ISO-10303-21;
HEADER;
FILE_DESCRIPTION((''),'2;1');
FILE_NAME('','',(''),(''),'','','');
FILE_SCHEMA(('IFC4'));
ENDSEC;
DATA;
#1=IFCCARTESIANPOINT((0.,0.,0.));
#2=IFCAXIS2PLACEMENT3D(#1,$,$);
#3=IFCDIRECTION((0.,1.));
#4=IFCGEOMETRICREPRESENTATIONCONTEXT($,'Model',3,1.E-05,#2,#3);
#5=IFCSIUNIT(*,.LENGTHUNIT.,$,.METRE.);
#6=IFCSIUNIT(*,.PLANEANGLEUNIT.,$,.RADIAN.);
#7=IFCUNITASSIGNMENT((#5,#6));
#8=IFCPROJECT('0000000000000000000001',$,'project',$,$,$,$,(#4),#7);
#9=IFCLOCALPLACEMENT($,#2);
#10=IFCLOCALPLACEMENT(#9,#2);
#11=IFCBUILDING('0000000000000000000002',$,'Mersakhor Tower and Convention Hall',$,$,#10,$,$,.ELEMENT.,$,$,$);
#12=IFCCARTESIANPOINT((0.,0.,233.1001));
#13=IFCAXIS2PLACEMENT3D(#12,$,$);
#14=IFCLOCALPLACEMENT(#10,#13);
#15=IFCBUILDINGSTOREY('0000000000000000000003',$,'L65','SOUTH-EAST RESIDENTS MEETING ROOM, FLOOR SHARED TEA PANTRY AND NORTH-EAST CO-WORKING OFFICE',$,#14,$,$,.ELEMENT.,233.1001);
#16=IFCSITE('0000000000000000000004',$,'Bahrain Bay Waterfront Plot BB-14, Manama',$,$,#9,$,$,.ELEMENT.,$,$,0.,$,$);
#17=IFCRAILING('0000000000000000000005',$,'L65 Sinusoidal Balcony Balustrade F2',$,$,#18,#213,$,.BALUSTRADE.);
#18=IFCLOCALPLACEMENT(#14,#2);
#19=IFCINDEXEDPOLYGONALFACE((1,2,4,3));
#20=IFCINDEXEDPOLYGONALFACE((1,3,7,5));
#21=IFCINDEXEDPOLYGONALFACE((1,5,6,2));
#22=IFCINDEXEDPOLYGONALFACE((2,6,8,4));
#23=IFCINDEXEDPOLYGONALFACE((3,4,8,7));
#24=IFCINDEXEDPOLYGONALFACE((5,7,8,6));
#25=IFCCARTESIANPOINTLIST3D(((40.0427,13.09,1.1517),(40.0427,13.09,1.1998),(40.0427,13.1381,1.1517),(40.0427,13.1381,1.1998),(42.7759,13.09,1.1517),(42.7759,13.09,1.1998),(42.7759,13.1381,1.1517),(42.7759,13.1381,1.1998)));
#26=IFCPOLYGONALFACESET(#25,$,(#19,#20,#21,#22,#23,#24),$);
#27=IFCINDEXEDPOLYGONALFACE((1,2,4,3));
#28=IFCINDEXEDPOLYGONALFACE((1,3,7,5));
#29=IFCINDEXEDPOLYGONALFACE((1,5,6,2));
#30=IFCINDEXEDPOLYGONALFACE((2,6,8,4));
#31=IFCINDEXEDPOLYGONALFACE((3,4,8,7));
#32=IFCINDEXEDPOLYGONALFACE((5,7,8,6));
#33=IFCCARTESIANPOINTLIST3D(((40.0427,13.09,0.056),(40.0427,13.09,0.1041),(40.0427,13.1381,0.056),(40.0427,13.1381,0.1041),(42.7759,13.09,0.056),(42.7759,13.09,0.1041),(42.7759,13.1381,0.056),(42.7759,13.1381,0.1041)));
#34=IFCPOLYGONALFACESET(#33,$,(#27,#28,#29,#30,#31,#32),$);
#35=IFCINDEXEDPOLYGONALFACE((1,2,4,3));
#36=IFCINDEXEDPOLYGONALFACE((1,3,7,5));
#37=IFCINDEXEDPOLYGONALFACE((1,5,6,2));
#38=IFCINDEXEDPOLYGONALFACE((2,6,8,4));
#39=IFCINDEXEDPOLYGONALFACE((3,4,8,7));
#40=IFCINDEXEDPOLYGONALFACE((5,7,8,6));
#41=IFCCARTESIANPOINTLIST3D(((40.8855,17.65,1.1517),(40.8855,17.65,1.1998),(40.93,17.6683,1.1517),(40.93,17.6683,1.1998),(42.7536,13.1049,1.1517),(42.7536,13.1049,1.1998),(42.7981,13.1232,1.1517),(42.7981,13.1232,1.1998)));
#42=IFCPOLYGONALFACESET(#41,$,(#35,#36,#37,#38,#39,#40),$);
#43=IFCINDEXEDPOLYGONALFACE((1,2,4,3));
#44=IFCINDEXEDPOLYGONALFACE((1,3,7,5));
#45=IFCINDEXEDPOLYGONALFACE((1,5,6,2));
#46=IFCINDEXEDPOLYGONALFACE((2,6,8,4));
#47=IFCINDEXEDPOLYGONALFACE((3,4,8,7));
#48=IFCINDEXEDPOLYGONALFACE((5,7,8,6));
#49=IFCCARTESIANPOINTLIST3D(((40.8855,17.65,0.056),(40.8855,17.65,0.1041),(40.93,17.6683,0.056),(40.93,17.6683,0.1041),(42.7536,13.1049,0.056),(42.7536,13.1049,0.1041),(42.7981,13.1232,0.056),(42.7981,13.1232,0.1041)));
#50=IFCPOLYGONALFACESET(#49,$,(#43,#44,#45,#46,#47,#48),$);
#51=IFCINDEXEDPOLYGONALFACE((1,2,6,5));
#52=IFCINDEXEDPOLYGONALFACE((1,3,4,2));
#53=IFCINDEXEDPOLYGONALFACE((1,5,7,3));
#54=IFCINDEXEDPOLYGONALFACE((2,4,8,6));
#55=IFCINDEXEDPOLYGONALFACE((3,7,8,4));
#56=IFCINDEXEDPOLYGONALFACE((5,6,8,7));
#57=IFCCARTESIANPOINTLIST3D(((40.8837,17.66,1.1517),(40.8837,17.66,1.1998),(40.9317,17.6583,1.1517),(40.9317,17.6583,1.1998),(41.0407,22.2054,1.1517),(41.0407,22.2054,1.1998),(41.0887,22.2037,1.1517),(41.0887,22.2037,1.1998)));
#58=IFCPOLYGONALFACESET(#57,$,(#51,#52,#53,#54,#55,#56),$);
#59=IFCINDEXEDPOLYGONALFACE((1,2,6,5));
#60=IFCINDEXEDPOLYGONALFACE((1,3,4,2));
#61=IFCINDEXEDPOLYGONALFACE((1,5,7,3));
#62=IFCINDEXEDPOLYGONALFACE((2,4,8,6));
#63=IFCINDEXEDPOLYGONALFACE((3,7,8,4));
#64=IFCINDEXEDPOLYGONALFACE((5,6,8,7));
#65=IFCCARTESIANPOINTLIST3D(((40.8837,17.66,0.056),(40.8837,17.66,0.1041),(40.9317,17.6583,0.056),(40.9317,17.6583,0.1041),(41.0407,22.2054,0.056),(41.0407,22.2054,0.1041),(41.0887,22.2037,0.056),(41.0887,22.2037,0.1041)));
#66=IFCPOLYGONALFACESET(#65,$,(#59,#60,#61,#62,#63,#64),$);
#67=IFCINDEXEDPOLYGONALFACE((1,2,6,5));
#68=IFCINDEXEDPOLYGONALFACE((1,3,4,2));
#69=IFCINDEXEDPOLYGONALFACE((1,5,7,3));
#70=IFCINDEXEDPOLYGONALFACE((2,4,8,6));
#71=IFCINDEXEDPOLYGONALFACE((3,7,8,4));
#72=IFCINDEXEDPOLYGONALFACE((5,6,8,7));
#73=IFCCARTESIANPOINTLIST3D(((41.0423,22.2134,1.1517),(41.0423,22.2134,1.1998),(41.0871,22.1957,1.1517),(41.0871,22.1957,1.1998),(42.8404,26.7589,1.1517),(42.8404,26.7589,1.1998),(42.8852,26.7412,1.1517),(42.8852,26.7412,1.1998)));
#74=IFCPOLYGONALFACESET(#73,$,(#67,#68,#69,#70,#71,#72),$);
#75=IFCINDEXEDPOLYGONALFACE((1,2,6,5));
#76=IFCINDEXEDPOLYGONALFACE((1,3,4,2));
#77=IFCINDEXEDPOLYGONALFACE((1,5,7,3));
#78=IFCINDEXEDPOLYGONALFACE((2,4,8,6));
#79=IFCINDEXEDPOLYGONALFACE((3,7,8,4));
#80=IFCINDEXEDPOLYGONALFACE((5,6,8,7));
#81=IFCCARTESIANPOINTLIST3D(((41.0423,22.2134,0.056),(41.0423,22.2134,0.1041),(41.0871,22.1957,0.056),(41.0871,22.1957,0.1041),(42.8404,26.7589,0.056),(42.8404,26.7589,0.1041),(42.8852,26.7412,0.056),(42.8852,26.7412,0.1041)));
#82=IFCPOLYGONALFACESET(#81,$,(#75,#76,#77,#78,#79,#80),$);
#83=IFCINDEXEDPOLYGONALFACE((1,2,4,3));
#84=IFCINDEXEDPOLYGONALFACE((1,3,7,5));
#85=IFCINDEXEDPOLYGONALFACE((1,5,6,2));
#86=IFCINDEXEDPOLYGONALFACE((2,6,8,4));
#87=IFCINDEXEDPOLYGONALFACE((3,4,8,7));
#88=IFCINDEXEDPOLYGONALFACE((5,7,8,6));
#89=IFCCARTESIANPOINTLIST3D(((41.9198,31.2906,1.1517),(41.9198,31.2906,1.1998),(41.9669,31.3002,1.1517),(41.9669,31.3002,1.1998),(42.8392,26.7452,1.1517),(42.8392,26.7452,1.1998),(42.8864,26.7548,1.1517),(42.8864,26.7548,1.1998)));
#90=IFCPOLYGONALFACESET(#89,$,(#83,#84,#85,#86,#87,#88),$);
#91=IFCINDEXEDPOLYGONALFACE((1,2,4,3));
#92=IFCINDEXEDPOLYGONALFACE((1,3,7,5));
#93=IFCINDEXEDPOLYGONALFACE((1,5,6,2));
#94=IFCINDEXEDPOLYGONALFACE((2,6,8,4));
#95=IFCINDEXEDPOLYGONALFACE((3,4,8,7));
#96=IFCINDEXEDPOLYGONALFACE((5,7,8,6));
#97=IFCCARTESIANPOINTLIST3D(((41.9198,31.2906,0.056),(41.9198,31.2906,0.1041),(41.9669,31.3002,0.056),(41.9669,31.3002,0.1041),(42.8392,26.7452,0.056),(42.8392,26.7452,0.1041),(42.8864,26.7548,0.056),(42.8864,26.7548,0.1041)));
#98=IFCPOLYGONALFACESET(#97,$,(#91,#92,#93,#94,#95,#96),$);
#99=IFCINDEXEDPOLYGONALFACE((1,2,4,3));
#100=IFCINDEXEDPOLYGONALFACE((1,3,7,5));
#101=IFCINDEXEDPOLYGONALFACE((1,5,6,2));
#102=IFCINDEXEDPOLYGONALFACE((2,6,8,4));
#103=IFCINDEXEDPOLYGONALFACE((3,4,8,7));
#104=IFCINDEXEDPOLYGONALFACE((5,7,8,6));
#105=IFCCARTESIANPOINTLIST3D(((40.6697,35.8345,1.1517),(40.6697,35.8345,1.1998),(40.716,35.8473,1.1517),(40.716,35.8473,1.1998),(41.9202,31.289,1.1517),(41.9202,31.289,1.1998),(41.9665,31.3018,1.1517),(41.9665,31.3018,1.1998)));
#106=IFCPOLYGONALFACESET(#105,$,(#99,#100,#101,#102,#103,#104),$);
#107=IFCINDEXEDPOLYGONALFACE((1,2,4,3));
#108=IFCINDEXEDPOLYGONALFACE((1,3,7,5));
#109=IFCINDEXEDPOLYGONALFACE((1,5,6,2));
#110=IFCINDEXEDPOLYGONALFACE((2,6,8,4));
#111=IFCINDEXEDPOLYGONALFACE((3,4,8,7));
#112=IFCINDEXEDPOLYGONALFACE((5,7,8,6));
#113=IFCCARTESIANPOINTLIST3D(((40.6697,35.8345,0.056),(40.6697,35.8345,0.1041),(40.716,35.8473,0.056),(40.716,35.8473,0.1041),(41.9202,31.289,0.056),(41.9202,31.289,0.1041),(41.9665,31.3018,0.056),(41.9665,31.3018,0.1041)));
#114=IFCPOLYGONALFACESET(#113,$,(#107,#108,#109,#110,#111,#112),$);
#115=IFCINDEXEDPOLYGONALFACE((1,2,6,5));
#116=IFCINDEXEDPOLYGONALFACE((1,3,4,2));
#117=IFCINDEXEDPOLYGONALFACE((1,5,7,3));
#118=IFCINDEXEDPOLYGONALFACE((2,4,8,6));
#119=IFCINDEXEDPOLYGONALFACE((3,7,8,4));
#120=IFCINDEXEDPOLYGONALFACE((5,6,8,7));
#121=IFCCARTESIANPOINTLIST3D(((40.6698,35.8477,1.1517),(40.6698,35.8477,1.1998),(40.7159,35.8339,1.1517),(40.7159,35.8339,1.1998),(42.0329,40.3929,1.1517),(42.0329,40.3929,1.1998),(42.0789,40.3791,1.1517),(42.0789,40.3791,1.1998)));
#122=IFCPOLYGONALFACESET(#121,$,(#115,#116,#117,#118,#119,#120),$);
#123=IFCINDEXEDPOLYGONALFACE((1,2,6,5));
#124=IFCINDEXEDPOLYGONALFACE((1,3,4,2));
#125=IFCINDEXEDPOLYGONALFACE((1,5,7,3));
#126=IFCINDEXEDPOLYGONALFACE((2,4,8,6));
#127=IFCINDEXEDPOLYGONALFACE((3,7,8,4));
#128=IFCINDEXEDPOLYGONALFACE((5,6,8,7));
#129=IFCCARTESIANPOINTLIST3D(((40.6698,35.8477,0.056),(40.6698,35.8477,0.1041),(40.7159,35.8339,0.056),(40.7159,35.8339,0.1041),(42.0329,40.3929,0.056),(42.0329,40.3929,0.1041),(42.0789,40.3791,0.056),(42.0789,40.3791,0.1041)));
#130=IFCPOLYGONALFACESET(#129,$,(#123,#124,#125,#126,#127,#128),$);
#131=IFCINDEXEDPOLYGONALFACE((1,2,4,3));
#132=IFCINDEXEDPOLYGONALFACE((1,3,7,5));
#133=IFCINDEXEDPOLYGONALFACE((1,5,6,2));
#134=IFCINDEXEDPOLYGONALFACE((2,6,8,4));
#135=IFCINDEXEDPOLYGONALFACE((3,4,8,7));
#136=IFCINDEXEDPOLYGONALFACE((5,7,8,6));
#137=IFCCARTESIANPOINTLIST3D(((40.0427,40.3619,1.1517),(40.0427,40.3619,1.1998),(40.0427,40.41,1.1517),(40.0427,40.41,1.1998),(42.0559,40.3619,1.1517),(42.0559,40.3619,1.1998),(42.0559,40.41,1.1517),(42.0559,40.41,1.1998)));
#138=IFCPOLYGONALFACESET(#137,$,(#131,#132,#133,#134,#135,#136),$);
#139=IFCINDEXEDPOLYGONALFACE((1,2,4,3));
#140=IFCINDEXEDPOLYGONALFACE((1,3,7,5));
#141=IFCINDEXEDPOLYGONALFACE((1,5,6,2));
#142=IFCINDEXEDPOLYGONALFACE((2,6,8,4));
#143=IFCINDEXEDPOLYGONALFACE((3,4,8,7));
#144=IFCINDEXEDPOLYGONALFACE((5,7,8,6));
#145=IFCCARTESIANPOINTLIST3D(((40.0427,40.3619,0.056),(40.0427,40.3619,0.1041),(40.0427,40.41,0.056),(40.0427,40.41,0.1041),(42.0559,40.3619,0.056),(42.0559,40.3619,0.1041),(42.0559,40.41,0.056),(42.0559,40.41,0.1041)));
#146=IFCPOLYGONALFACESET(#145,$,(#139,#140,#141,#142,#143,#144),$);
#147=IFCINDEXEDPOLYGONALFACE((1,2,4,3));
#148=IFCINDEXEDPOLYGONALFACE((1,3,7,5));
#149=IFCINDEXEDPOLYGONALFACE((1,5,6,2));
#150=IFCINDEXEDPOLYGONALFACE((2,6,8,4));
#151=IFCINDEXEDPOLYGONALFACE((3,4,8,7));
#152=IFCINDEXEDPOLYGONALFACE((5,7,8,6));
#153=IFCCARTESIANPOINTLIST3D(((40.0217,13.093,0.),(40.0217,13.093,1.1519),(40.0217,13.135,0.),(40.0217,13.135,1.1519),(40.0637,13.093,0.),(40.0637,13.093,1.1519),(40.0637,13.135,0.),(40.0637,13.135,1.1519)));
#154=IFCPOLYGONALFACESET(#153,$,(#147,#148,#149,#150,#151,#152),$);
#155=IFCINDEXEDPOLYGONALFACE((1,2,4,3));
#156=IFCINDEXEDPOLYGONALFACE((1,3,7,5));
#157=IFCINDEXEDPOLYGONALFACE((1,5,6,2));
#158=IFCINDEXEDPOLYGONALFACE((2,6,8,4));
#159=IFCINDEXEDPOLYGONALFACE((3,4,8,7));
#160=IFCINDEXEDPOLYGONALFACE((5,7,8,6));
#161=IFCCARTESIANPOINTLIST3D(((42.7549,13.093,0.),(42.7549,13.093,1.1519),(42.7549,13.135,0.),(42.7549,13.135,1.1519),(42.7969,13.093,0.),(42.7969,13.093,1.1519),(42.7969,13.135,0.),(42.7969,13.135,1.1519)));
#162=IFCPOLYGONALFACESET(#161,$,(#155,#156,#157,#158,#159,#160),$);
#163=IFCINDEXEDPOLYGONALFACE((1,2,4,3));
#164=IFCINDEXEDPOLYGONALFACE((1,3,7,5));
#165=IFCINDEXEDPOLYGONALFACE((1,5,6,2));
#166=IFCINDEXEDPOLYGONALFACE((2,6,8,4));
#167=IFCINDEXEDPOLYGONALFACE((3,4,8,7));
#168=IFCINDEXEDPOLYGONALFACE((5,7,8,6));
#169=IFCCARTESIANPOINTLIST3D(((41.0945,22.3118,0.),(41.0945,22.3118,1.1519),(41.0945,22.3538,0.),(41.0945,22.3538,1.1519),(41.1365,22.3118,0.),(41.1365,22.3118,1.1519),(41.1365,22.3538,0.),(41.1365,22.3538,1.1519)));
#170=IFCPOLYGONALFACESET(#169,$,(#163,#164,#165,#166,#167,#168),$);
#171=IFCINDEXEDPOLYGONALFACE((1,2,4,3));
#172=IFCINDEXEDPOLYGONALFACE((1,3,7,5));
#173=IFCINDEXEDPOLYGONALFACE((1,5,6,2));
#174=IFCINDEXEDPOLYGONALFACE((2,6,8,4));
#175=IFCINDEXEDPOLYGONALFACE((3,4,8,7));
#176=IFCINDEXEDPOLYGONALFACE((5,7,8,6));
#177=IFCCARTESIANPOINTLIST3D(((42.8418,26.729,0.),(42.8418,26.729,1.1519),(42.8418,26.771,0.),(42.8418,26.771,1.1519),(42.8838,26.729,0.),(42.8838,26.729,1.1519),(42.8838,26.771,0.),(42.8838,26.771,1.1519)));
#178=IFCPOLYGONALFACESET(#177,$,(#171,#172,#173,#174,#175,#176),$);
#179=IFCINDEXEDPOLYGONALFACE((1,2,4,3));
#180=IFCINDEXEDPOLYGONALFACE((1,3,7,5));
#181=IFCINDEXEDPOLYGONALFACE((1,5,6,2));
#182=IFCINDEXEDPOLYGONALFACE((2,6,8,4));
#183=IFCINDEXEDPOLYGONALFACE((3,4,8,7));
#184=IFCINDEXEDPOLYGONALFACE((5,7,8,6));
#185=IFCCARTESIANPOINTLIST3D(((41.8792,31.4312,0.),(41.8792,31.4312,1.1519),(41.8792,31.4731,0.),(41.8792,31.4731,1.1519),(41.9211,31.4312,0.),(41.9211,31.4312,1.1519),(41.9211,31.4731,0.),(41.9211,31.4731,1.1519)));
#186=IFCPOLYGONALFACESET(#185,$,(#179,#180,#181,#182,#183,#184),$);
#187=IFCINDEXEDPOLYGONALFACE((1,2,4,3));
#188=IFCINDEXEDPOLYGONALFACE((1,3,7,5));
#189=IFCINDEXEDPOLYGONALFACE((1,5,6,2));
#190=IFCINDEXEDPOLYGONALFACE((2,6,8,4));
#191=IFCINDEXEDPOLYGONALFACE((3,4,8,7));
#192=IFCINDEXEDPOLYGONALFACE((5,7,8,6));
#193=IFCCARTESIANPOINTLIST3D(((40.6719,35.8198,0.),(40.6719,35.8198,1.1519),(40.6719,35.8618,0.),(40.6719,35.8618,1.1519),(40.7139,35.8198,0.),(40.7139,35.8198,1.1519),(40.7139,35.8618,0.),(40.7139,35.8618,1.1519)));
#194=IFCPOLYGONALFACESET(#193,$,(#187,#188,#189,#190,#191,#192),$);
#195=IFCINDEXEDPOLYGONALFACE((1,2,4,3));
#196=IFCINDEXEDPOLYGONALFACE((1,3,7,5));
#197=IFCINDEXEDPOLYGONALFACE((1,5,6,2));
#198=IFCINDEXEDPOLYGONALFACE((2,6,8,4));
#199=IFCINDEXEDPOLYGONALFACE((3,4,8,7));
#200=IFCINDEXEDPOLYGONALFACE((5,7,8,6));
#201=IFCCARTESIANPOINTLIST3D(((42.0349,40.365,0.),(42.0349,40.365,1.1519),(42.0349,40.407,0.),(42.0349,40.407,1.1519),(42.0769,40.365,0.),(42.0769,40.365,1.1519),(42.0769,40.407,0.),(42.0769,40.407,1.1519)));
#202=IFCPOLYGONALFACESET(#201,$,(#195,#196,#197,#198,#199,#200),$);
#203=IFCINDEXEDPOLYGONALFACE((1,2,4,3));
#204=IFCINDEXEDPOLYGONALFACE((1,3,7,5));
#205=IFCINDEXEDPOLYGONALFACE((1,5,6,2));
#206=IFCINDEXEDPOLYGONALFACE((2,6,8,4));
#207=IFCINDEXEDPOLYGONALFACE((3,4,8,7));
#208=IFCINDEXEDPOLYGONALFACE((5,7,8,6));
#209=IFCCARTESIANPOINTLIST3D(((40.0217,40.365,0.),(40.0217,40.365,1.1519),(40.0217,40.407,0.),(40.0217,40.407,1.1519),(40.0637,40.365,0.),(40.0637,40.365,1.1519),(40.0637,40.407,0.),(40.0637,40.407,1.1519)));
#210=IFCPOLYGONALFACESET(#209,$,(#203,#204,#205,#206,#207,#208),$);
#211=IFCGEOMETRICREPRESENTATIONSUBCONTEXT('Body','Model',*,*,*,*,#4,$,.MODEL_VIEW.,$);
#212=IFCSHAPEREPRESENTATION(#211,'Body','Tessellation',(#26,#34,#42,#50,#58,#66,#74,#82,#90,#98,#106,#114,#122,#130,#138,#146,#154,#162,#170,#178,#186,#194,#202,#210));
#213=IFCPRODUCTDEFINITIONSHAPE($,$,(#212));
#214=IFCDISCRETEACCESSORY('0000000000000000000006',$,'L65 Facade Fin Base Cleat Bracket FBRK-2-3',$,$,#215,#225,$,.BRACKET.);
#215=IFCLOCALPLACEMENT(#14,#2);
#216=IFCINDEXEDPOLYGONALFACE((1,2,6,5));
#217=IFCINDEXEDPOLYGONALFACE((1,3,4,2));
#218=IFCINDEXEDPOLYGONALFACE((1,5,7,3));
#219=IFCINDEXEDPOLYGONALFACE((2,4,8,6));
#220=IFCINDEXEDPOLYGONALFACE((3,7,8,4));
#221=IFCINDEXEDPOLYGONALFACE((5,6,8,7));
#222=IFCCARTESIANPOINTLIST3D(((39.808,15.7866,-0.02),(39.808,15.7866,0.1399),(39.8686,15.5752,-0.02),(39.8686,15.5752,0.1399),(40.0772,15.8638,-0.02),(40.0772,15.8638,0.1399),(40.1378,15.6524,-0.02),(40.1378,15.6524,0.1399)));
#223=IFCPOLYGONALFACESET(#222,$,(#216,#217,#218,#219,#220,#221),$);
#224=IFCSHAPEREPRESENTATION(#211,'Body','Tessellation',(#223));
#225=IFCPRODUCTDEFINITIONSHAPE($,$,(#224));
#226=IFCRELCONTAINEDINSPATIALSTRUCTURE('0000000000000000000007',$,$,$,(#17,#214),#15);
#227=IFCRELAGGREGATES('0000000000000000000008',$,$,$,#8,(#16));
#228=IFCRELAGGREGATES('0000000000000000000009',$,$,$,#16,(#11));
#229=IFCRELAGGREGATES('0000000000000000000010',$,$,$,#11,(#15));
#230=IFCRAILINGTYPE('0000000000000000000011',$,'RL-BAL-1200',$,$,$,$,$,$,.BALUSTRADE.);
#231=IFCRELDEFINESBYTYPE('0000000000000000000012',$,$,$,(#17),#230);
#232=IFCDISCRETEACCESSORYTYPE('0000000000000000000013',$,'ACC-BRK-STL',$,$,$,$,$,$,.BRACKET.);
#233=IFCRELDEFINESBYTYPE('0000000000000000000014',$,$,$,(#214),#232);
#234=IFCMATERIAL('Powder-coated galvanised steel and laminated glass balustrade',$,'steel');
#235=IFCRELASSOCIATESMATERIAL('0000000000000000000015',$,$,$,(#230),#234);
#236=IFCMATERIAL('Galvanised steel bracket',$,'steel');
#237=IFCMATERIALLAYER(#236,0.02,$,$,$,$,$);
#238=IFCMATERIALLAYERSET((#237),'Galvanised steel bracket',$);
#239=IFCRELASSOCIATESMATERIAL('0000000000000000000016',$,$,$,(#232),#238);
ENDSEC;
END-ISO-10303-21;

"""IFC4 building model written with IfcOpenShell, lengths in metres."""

from ifc_helpers import new_model, si_unit, direction, frame, origin, origin_2d, place, context, subcontext, project, spatial, rectangle, extrude, material, layer, layer_set, type_object, element, save


model = new_model("IFC4")

# Units and contexts
model_context = context("Model", 3, precision=1e-05, world=origin(), true_north=direction((0.0, 1.0)))
body_context = subcontext(model_context, "Body", "Model", "MODEL_VIEW")
ifc_project = project(units=[si_unit("LENGTHUNIT", "METRE"), si_unit("PLANEANGLEUNIT", "RADIAN")], contexts=[model_context])

# Site, building, storey
site_placement = place(None, origin())
site = spatial("IfcSite", under=ifc_project, at=site_placement, Name="Bahrain Bay Waterfront Plot BB-14, Manama", CompositionType="ELEMENT", RefElevation=0.0)
building_placement = place(site_placement, origin())
building = spatial("IfcBuilding", under=site, at=building_placement, Name="Mersakhor Tower and Convention Hall", CompositionType="ELEMENT")
storey_placement = place(building_placement, frame((0.0, 0.0, 233.1001)))
storey = spatial("IfcBuildingStorey", under=building, at=storey_placement, Name="L65", Description="SOUTH-EAST RESIDENTS MEETING ROOM, FLOOR SHARED TEA PANTRY AND NORTH-EAST CO-WORKING OFFICE", CompositionType="ELEMENT", Elevation=233.1001)

# Railing
ifc_material_1 = material(Name="Powder-coated galvanised steel and laminated glass balustrade", Category="steel")
railing_type = type_object("IfcRailingType", Name="RL-BAL-1200", PredefinedType="BALUSTRADE", material=ifc_material_1)
railing_placement = place(storey_placement, frame((40.0427, 13.114, 0.0)))
element("IfcRailing", 1, at=railing_placement, inside=storey, type_object=railing_type, Name="L65 Sinusoidal Balcony Balustrade F2", PredefinedType="BALUSTRADE", context=body_context, shape_type="SweptSolid", body=[
    extrude(rectangle(XDim=0.0481, YDim=0.0481, at=origin_2d()), frame((0.0, 0.0, 1.1758), z_axis=(1.0, 0.0, 0.0), x_axis=(0.0, 1.0, 0.0)), (0.0, 0.0, 1.0), 2.7332),
    extrude(rectangle(XDim=0.0481, YDim=0.0481, at=origin_2d()), frame((0.0, 0.0, 0.0801), z_axis=(1.0, 0.0, 0.0), x_axis=(0.0, 1.0, 0.0)), (0.0, 0.0, 1.0), 2.7332),
    extrude(rectangle(XDim=0.0481, YDim=0.0481, at=origin_2d()), frame((2.7332, 0.0, 1.1758), z_axis=(-0.380163, 0.92492, 0.0), x_axis=(-0.92492, -0.380163, 0.0)), (0.0, 0.0, 1.0), 4.9141),
    extrude(rectangle(XDim=0.0481, YDim=0.0481, at=origin_2d()), frame((2.7332, 0.0, 0.0801), z_axis=(-0.380163, 0.92492, 0.0), x_axis=(-0.92492, -0.380163, 0.0)), (0.0, 0.0, 1.0), 4.9141),
    extrude(rectangle(XDim=0.0481, YDim=0.0481, at=origin_2d()), frame((0.865, 4.5452, 1.1758), z_axis=(0.034516, 0.999404, 0.0), x_axis=(-0.999404, 0.034516, 0.0)), (0.0, 0.0, 1.0), 4.5481),
    extrude(rectangle(XDim=0.0481, YDim=0.0481, at=origin_2d()), frame((0.865, 4.5452, 0.0801), z_axis=(0.034516, 0.999404, 0.0), x_axis=(-0.999404, 0.034516, 0.0)), (0.0, 0.0, 1.0), 4.5481),
    extrude(rectangle(XDim=0.0481, YDim=0.0481, at=origin_2d()), frame((1.022, 9.0906, 1.1758), z_axis=(0.367849, 0.929886, 0.0), x_axis=(-0.929886, 0.367849, 0.0)), (0.0, 0.0, 1.0), 4.8882),
    extrude(rectangle(XDim=0.0481, YDim=0.0481, at=origin_2d()), frame((1.022, 9.0906, 0.0801), z_axis=(0.367849, 0.929886, 0.0), x_axis=(-0.929886, 0.367849, 0.0)), (0.0, 0.0, 1.0), 4.8882),
    extrude(rectangle(XDim=0.0481, YDim=0.0481, at=origin_2d()), frame((2.8201, 13.636, 1.1758), z_axis=(-0.198262, 0.980149, 0.0), x_axis=(-0.980149, -0.198262, 0.0)), (0.0, 0.0, 1.0), 4.6375),
    extrude(rectangle(XDim=0.0481, YDim=0.0481, at=origin_2d()), frame((2.8201, 13.636, 0.0801), z_axis=(-0.198262, 0.980149, 0.0), x_axis=(-0.980149, -0.198262, 0.0)), (0.0, 0.0, 1.0), 4.6375),
    extrude(rectangle(XDim=0.0481, YDim=0.0481, at=origin_2d()), frame((1.9006, 18.1814, 1.1758), z_axis=(-0.265255, 0.964178, 0.0), x_axis=(-0.964178, -0.265255, 0.0)), (0.0, 0.0, 1.0), 4.7144),
    extrude(rectangle(XDim=0.0481, YDim=0.0481, at=origin_2d()), frame((1.9006, 18.1814, 0.0801), z_axis=(-0.265255, 0.964178, 0.0), x_axis=(-0.964178, -0.265255, 0.0)), (0.0, 0.0, 1.0), 4.7144),
    extrude(rectangle(XDim=0.0481, YDim=0.0481, at=origin_2d()), frame((0.6501, 22.7268, 1.1758), z_axis=(0.287249, 0.957856, 0.0), x_axis=(-0.957856, 0.287249, 0.0)), (0.0, 0.0, 1.0), 4.7451),
    extrude(rectangle(XDim=0.0481, YDim=0.0481, at=origin_2d()), frame((0.6501, 22.7268, 0.0801), z_axis=(0.287249, 0.957856, 0.0), x_axis=(-0.957856, 0.287249, 0.0)), (0.0, 0.0, 1.0), 4.7451),
    extrude(rectangle(XDim=0.0481, YDim=0.0481, at=origin_2d()), frame((2.0132, 27.272, 1.1758), z_axis=(-1.0, 0.0, 0.0), x_axis=(0.0, -1.0, 0.0)), (0.0, 0.0, 1.0), 2.0132),
    extrude(rectangle(XDim=0.0481, YDim=0.0481, at=origin_2d()), frame((2.0132, 27.272, 0.0801), z_axis=(-1.0, 0.0, 0.0), x_axis=(0.0, -1.0, 0.0)), (0.0, 0.0, 1.0), 2.0132),
    extrude(rectangle(XDim=0.042, YDim=0.042, at=origin_2d()), origin(), (0.0, 0.0, 1.0), 1.1519),
    extrude(rectangle(XDim=0.042, YDim=0.042, at=origin_2d()), frame((2.7332, 0.0, 0.0)), (0.0, 0.0, 1.0), 1.1519),
    extrude(rectangle(XDim=0.042, YDim=0.042, at=origin_2d()), frame((1.0728, 9.2188, 0.0)), (0.0, 0.0, 1.0), 1.1519),
    extrude(rectangle(XDim=0.042, YDim=0.042, at=origin_2d()), frame((2.8201, 13.636, 0.0)), (0.0, 0.0, 1.0), 1.1519),
    extrude(rectangle(XDim=0.042, YDim=0.042, at=origin_2d()), frame((1.8574, 18.3381, 0.0)), (0.0, 0.0, 1.0), 1.1519),
    extrude(rectangle(XDim=0.042, YDim=0.042, at=origin_2d()), frame((0.6501, 22.7268, 0.0)), (0.0, 0.0, 1.0), 1.1519),
    extrude(rectangle(XDim=0.042, YDim=0.042, at=origin_2d()), frame((2.0132, 27.272, 0.0)), (0.0, 0.0, 1.0), 1.1519),
    extrude(rectangle(XDim=0.042, YDim=0.042, at=origin_2d()), frame((0.0, 27.272, 0.0)), (0.0, 0.0, 1.0), 1.1519),
])

# Discrete accessory
ifc_material_2 = material(Name="Galvanised steel bracket", Category="steel")
ifc_layer_1 = layer(ifc_material_2, 0.02)
ifc_layer_set_1 = layer_set([ifc_layer_1], Name="Galvanised steel bracket")
discrete_accessory_type = type_object("IfcDiscreteAccessoryType", Name="ACC-BRK-STL", PredefinedType="BRACKET", material=ifc_layer_set_1)
for number, where, z_axis, x_axis, name in (
    (2, (39.9729, 15.7195, -0.02), (0.0, 0.0, 1.0), (0.961262, 0.275637, 0.0), "L65 Facade Fin Base Cleat Bracket FBRK-2-3"),
):
    element("IfcDiscreteAccessory", number, at=place(storey_placement, frame(where, z_axis=z_axis, x_axis=x_axis)), inside=storey, type_object=discrete_accessory_type, Name=name, PredefinedType="BRACKET", context=body_context, shape_type="SweptSolid", body=[
        extrude(rectangle(XDim=0.28, YDim=0.22, at=origin_2d()), origin(), (0.0, 0.0, 1.0), 0.1599),
    ])

save(model, "model.ifc")
